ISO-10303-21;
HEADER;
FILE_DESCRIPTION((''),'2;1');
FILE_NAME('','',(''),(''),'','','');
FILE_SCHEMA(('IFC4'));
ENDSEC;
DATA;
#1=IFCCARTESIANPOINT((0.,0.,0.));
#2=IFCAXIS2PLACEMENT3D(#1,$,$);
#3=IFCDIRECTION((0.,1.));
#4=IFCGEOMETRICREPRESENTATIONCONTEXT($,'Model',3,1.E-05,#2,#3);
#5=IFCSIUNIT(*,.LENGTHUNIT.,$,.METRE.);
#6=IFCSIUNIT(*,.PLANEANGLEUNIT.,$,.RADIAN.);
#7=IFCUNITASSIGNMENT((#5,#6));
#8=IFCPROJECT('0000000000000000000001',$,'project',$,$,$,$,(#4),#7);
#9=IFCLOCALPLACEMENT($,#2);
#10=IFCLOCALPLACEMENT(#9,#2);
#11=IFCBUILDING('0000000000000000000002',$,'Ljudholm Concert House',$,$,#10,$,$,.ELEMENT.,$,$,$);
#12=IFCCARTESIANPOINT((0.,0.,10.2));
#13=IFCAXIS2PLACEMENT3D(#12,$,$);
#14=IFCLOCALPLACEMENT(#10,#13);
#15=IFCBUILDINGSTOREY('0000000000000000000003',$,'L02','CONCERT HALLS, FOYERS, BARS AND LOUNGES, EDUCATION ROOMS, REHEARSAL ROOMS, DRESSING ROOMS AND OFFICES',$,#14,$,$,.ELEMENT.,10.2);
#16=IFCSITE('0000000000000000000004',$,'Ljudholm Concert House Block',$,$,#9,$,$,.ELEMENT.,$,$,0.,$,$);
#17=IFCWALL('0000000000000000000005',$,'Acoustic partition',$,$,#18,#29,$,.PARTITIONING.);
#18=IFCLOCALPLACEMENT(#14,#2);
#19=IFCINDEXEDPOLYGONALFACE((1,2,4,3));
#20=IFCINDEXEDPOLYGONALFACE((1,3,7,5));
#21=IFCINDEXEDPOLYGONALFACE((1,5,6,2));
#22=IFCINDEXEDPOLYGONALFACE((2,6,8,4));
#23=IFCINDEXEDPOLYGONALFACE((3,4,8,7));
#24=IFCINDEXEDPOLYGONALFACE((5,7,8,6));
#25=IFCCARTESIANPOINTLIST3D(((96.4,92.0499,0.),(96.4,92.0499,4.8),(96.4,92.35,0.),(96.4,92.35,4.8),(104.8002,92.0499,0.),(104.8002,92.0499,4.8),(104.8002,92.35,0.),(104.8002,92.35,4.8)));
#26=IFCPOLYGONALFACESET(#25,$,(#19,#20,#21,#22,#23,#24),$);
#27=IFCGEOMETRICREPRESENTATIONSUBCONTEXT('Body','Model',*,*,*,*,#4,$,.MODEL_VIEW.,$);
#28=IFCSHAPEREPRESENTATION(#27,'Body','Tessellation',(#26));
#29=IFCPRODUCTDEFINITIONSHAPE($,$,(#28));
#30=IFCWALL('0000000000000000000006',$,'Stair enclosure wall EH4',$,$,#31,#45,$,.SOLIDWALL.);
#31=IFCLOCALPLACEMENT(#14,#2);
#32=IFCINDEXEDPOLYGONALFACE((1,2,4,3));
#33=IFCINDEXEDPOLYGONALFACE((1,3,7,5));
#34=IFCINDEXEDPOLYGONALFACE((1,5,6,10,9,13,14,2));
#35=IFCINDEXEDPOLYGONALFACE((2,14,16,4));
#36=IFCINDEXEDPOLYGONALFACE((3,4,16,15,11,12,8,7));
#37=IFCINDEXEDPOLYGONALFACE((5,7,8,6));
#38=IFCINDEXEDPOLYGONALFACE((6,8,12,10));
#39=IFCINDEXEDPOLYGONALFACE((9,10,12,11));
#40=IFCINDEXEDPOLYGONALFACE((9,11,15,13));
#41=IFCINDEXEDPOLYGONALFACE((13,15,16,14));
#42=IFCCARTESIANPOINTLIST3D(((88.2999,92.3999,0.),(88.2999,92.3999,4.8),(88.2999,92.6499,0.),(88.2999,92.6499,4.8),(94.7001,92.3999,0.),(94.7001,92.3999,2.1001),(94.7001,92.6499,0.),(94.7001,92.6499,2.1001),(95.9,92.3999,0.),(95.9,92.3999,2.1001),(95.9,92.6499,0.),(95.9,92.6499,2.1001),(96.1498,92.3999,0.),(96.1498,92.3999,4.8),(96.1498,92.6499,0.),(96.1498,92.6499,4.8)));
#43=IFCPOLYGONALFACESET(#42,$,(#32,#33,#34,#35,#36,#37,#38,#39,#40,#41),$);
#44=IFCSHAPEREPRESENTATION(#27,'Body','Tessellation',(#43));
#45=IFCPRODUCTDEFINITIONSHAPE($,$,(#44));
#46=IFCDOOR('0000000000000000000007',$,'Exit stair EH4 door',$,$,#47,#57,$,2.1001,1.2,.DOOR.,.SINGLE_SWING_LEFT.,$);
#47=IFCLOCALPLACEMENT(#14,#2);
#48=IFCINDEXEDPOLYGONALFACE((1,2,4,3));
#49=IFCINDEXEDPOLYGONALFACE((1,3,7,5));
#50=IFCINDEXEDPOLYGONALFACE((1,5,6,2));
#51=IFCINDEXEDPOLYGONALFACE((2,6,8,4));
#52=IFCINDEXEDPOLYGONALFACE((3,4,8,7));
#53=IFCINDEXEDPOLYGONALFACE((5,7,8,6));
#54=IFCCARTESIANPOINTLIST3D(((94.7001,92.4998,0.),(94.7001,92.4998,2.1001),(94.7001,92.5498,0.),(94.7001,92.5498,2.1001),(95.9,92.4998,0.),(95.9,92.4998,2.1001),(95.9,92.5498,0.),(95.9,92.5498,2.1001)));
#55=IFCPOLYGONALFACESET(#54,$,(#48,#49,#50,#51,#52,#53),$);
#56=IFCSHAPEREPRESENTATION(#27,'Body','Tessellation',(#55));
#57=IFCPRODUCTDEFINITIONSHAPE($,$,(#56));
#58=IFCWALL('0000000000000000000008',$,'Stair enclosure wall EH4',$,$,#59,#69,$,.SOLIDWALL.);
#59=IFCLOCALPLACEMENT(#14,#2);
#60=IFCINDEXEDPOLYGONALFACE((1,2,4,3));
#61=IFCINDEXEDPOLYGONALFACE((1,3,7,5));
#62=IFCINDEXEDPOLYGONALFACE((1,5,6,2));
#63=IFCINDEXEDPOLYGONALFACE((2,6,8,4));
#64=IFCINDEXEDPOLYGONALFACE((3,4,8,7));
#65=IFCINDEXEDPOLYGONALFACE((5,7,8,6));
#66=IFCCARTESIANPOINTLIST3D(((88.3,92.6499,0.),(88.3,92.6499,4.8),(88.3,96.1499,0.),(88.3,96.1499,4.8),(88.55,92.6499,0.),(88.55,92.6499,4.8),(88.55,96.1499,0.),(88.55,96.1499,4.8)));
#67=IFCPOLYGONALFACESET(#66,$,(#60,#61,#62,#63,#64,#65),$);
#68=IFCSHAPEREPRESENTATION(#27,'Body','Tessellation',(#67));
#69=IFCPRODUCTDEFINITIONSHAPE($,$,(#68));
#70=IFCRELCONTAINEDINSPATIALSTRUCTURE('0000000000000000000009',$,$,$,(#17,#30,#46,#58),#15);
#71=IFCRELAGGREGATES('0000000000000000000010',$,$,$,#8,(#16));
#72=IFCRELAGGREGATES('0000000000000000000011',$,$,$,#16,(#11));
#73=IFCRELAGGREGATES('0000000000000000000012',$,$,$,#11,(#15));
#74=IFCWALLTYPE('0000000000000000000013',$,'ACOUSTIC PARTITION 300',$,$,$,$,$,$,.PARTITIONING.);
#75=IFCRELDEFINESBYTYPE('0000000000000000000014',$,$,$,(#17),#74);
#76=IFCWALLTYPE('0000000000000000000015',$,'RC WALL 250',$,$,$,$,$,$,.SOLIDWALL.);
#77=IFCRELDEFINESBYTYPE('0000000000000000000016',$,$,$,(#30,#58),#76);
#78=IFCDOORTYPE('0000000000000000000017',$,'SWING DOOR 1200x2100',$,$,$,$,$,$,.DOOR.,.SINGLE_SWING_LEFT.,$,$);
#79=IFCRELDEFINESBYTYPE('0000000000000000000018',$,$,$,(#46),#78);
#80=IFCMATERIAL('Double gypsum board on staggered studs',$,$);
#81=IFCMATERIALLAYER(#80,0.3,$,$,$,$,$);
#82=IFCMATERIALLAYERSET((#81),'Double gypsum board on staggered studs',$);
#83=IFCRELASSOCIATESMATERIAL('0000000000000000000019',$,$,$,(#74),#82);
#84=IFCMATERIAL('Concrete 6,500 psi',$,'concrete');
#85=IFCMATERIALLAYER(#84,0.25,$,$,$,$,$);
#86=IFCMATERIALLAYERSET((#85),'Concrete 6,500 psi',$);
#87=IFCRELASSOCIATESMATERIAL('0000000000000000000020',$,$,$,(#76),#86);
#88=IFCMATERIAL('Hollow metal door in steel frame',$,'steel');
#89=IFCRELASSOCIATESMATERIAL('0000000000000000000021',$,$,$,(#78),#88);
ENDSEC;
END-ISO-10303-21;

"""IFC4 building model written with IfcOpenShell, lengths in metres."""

from ifc_helpers import new_model, si_unit, direction, frame, frame_2d, origin, place, context, subcontext, project, spatial, rectangle, extrude, material, layer, layer_set, type_object, element, fill, save


model = new_model("IFC4")

# Units and contexts
model_context = context("Model", 3, precision=1e-05, world=origin(), true_north=direction((0.0, 1.0)))
body_context = subcontext(model_context, "Body", "Model", "MODEL_VIEW")
ifc_project = project(units=[si_unit("LENGTHUNIT", "METRE"), si_unit("PLANEANGLEUNIT", "RADIAN")], contexts=[model_context])

# Site, building, storey
site_placement = place(None, origin())
site = spatial("IfcSite", under=ifc_project, at=site_placement, Name="Ljudholm Concert House Block", CompositionType="ELEMENT", RefElevation=0.0)
building_placement = place(site_placement, origin())
building = spatial("IfcBuilding", under=site, at=building_placement, Name="Ljudholm Concert House", CompositionType="ELEMENT")
storey_placement = place(building_placement, frame((0.0, 0.0, 10.2)))
storey = spatial("IfcBuildingStorey", under=building, at=storey_placement, Name="L02", Description="CONCERT HALLS, FOYERS, BARS AND LOUNGES, EDUCATION ROOMS, REHEARSAL ROOMS, DRESSING ROOMS AND OFFICES", CompositionType="ELEMENT", Elevation=10.2)

# Wall
ifc_material_1 = material(Name="Double gypsum board on staggered studs")
ifc_layer_1 = layer(ifc_material_1, 0.3)
ifc_layer_set_1 = layer_set([ifc_layer_1], Name="Double gypsum board on staggered studs")
wall_type_1 = type_object("IfcWallType", Name="ACOUSTIC PARTITION 300", PredefinedType="PARTITIONING", material=ifc_layer_set_1)
wall_1_placement = place(storey_placement, frame((96.3999, 92.2, 0.0), z_axis=(0.0, 0.0, 1.0), x_axis=(1.0, 0.0, 0.0)))
element("IfcWall", 1, at=wall_1_placement, inside=storey, type_object=wall_type_1, Name="Acoustic partition", PredefinedType="PARTITIONING", context=body_context, shape_type="SweptSolid", body=[
    extrude(rectangle(XDim=8.4001, YDim=0.3, at=frame_2d((4.2002, 0.0))), origin(), (0.0, 0.0, 1.0), 4.8),
])

# Wall, opening, door
ifc_material_2 = material(Name="Concrete 6,500 psi", Category="concrete")
ifc_layer_2 = layer(ifc_material_2, 0.25)
ifc_layer_set_2 = layer_set([ifc_layer_2], Name="Concrete 6,500 psi")
wall_type_2 = type_object("IfcWallType", Name="RC WALL 250", PredefinedType="SOLIDWALL", material=ifc_layer_set_2)
wall_2_placement = place(storey_placement, frame((88.3, 92.5249, 0.0), z_axis=(0.0, 0.0, 1.0), x_axis=(1.0, 0.0, 0.0)))
wall_2 = element("IfcWall", 2, at=wall_2_placement, inside=storey, type_object=wall_type_2, Name="Stair enclosure wall EH4", PredefinedType="SOLIDWALL", context=body_context, shape_type="SweptSolid", body=[
    extrude(rectangle(XDim=7.8499, YDim=0.25, at=frame_2d((3.9248, 0.0))), origin(), (0.0, 0.0, 1.0), 4.8),
])
opening_placement = place(wall_2_placement, frame((6.3999, 0.0, 0.0)))
opening = element("IfcOpeningElement", 3, at=opening_placement, cuts=wall_2, PredefinedType="OPENING", context=body_context, shape_type="SweptSolid", body=[
    extrude(rectangle(XDim=1.2, YDim=2.1001, at=frame_2d((0.6001, 1.05))), frame((0.0, 0.135, 0.0), z_axis=(0.0, -1.0, 0.0), x_axis=(1.0, 0.0, 0.0)), (0.0, 0.0, 1.0), 0.27),
])
ifc_material_3 = material(Name="Hollow metal door in steel frame", Category="steel")
door_type = type_object("IfcDoorType", Name="SWING DOOR 1200x2100", OperationType="SINGLE_SWING_LEFT", PredefinedType="DOOR", material=ifc_material_3)
door_placement = place(opening_placement, origin())
door = element("IfcDoor", 4, at=door_placement, inside=storey, type_object=door_type, Name="Exit stair EH4 door", OperationType="SINGLE_SWING_LEFT", OverallHeight=2.1001, OverallWidth=1.2, PredefinedType="DOOR", context=body_context, shape_type="SweptSolid", body=[
    extrude(rectangle(XDim=1.2, YDim=2.1001, at=frame_2d((0.6001, 1.05))), frame((0.0, 0.0249, 0.0), z_axis=(0.0, -1.0, 0.0), x_axis=(1.0, 0.0, 0.0)), (0.0, 0.0, 1.0), 0.05),
])
fill(opening, door)

# Wall
wall_3_placement = place(storey_placement, frame((88.425, 92.6499, 0.0), z_axis=(0.0, 0.0, 1.0), x_axis=(0.0, 1.0, 0.0)))
element("IfcWall", 5, at=wall_3_placement, inside=storey, type_object=wall_type_2, Name="Stair enclosure wall EH4", PredefinedType="SOLIDWALL", context=body_context, shape_type="SweptSolid", body=[
    extrude(rectangle(XDim=3.5, YDim=0.25, at=frame_2d((1.75, 0.0))), origin(), (0.0, 0.0, 1.0), 4.8),
])

save(model, "model.ifc")
